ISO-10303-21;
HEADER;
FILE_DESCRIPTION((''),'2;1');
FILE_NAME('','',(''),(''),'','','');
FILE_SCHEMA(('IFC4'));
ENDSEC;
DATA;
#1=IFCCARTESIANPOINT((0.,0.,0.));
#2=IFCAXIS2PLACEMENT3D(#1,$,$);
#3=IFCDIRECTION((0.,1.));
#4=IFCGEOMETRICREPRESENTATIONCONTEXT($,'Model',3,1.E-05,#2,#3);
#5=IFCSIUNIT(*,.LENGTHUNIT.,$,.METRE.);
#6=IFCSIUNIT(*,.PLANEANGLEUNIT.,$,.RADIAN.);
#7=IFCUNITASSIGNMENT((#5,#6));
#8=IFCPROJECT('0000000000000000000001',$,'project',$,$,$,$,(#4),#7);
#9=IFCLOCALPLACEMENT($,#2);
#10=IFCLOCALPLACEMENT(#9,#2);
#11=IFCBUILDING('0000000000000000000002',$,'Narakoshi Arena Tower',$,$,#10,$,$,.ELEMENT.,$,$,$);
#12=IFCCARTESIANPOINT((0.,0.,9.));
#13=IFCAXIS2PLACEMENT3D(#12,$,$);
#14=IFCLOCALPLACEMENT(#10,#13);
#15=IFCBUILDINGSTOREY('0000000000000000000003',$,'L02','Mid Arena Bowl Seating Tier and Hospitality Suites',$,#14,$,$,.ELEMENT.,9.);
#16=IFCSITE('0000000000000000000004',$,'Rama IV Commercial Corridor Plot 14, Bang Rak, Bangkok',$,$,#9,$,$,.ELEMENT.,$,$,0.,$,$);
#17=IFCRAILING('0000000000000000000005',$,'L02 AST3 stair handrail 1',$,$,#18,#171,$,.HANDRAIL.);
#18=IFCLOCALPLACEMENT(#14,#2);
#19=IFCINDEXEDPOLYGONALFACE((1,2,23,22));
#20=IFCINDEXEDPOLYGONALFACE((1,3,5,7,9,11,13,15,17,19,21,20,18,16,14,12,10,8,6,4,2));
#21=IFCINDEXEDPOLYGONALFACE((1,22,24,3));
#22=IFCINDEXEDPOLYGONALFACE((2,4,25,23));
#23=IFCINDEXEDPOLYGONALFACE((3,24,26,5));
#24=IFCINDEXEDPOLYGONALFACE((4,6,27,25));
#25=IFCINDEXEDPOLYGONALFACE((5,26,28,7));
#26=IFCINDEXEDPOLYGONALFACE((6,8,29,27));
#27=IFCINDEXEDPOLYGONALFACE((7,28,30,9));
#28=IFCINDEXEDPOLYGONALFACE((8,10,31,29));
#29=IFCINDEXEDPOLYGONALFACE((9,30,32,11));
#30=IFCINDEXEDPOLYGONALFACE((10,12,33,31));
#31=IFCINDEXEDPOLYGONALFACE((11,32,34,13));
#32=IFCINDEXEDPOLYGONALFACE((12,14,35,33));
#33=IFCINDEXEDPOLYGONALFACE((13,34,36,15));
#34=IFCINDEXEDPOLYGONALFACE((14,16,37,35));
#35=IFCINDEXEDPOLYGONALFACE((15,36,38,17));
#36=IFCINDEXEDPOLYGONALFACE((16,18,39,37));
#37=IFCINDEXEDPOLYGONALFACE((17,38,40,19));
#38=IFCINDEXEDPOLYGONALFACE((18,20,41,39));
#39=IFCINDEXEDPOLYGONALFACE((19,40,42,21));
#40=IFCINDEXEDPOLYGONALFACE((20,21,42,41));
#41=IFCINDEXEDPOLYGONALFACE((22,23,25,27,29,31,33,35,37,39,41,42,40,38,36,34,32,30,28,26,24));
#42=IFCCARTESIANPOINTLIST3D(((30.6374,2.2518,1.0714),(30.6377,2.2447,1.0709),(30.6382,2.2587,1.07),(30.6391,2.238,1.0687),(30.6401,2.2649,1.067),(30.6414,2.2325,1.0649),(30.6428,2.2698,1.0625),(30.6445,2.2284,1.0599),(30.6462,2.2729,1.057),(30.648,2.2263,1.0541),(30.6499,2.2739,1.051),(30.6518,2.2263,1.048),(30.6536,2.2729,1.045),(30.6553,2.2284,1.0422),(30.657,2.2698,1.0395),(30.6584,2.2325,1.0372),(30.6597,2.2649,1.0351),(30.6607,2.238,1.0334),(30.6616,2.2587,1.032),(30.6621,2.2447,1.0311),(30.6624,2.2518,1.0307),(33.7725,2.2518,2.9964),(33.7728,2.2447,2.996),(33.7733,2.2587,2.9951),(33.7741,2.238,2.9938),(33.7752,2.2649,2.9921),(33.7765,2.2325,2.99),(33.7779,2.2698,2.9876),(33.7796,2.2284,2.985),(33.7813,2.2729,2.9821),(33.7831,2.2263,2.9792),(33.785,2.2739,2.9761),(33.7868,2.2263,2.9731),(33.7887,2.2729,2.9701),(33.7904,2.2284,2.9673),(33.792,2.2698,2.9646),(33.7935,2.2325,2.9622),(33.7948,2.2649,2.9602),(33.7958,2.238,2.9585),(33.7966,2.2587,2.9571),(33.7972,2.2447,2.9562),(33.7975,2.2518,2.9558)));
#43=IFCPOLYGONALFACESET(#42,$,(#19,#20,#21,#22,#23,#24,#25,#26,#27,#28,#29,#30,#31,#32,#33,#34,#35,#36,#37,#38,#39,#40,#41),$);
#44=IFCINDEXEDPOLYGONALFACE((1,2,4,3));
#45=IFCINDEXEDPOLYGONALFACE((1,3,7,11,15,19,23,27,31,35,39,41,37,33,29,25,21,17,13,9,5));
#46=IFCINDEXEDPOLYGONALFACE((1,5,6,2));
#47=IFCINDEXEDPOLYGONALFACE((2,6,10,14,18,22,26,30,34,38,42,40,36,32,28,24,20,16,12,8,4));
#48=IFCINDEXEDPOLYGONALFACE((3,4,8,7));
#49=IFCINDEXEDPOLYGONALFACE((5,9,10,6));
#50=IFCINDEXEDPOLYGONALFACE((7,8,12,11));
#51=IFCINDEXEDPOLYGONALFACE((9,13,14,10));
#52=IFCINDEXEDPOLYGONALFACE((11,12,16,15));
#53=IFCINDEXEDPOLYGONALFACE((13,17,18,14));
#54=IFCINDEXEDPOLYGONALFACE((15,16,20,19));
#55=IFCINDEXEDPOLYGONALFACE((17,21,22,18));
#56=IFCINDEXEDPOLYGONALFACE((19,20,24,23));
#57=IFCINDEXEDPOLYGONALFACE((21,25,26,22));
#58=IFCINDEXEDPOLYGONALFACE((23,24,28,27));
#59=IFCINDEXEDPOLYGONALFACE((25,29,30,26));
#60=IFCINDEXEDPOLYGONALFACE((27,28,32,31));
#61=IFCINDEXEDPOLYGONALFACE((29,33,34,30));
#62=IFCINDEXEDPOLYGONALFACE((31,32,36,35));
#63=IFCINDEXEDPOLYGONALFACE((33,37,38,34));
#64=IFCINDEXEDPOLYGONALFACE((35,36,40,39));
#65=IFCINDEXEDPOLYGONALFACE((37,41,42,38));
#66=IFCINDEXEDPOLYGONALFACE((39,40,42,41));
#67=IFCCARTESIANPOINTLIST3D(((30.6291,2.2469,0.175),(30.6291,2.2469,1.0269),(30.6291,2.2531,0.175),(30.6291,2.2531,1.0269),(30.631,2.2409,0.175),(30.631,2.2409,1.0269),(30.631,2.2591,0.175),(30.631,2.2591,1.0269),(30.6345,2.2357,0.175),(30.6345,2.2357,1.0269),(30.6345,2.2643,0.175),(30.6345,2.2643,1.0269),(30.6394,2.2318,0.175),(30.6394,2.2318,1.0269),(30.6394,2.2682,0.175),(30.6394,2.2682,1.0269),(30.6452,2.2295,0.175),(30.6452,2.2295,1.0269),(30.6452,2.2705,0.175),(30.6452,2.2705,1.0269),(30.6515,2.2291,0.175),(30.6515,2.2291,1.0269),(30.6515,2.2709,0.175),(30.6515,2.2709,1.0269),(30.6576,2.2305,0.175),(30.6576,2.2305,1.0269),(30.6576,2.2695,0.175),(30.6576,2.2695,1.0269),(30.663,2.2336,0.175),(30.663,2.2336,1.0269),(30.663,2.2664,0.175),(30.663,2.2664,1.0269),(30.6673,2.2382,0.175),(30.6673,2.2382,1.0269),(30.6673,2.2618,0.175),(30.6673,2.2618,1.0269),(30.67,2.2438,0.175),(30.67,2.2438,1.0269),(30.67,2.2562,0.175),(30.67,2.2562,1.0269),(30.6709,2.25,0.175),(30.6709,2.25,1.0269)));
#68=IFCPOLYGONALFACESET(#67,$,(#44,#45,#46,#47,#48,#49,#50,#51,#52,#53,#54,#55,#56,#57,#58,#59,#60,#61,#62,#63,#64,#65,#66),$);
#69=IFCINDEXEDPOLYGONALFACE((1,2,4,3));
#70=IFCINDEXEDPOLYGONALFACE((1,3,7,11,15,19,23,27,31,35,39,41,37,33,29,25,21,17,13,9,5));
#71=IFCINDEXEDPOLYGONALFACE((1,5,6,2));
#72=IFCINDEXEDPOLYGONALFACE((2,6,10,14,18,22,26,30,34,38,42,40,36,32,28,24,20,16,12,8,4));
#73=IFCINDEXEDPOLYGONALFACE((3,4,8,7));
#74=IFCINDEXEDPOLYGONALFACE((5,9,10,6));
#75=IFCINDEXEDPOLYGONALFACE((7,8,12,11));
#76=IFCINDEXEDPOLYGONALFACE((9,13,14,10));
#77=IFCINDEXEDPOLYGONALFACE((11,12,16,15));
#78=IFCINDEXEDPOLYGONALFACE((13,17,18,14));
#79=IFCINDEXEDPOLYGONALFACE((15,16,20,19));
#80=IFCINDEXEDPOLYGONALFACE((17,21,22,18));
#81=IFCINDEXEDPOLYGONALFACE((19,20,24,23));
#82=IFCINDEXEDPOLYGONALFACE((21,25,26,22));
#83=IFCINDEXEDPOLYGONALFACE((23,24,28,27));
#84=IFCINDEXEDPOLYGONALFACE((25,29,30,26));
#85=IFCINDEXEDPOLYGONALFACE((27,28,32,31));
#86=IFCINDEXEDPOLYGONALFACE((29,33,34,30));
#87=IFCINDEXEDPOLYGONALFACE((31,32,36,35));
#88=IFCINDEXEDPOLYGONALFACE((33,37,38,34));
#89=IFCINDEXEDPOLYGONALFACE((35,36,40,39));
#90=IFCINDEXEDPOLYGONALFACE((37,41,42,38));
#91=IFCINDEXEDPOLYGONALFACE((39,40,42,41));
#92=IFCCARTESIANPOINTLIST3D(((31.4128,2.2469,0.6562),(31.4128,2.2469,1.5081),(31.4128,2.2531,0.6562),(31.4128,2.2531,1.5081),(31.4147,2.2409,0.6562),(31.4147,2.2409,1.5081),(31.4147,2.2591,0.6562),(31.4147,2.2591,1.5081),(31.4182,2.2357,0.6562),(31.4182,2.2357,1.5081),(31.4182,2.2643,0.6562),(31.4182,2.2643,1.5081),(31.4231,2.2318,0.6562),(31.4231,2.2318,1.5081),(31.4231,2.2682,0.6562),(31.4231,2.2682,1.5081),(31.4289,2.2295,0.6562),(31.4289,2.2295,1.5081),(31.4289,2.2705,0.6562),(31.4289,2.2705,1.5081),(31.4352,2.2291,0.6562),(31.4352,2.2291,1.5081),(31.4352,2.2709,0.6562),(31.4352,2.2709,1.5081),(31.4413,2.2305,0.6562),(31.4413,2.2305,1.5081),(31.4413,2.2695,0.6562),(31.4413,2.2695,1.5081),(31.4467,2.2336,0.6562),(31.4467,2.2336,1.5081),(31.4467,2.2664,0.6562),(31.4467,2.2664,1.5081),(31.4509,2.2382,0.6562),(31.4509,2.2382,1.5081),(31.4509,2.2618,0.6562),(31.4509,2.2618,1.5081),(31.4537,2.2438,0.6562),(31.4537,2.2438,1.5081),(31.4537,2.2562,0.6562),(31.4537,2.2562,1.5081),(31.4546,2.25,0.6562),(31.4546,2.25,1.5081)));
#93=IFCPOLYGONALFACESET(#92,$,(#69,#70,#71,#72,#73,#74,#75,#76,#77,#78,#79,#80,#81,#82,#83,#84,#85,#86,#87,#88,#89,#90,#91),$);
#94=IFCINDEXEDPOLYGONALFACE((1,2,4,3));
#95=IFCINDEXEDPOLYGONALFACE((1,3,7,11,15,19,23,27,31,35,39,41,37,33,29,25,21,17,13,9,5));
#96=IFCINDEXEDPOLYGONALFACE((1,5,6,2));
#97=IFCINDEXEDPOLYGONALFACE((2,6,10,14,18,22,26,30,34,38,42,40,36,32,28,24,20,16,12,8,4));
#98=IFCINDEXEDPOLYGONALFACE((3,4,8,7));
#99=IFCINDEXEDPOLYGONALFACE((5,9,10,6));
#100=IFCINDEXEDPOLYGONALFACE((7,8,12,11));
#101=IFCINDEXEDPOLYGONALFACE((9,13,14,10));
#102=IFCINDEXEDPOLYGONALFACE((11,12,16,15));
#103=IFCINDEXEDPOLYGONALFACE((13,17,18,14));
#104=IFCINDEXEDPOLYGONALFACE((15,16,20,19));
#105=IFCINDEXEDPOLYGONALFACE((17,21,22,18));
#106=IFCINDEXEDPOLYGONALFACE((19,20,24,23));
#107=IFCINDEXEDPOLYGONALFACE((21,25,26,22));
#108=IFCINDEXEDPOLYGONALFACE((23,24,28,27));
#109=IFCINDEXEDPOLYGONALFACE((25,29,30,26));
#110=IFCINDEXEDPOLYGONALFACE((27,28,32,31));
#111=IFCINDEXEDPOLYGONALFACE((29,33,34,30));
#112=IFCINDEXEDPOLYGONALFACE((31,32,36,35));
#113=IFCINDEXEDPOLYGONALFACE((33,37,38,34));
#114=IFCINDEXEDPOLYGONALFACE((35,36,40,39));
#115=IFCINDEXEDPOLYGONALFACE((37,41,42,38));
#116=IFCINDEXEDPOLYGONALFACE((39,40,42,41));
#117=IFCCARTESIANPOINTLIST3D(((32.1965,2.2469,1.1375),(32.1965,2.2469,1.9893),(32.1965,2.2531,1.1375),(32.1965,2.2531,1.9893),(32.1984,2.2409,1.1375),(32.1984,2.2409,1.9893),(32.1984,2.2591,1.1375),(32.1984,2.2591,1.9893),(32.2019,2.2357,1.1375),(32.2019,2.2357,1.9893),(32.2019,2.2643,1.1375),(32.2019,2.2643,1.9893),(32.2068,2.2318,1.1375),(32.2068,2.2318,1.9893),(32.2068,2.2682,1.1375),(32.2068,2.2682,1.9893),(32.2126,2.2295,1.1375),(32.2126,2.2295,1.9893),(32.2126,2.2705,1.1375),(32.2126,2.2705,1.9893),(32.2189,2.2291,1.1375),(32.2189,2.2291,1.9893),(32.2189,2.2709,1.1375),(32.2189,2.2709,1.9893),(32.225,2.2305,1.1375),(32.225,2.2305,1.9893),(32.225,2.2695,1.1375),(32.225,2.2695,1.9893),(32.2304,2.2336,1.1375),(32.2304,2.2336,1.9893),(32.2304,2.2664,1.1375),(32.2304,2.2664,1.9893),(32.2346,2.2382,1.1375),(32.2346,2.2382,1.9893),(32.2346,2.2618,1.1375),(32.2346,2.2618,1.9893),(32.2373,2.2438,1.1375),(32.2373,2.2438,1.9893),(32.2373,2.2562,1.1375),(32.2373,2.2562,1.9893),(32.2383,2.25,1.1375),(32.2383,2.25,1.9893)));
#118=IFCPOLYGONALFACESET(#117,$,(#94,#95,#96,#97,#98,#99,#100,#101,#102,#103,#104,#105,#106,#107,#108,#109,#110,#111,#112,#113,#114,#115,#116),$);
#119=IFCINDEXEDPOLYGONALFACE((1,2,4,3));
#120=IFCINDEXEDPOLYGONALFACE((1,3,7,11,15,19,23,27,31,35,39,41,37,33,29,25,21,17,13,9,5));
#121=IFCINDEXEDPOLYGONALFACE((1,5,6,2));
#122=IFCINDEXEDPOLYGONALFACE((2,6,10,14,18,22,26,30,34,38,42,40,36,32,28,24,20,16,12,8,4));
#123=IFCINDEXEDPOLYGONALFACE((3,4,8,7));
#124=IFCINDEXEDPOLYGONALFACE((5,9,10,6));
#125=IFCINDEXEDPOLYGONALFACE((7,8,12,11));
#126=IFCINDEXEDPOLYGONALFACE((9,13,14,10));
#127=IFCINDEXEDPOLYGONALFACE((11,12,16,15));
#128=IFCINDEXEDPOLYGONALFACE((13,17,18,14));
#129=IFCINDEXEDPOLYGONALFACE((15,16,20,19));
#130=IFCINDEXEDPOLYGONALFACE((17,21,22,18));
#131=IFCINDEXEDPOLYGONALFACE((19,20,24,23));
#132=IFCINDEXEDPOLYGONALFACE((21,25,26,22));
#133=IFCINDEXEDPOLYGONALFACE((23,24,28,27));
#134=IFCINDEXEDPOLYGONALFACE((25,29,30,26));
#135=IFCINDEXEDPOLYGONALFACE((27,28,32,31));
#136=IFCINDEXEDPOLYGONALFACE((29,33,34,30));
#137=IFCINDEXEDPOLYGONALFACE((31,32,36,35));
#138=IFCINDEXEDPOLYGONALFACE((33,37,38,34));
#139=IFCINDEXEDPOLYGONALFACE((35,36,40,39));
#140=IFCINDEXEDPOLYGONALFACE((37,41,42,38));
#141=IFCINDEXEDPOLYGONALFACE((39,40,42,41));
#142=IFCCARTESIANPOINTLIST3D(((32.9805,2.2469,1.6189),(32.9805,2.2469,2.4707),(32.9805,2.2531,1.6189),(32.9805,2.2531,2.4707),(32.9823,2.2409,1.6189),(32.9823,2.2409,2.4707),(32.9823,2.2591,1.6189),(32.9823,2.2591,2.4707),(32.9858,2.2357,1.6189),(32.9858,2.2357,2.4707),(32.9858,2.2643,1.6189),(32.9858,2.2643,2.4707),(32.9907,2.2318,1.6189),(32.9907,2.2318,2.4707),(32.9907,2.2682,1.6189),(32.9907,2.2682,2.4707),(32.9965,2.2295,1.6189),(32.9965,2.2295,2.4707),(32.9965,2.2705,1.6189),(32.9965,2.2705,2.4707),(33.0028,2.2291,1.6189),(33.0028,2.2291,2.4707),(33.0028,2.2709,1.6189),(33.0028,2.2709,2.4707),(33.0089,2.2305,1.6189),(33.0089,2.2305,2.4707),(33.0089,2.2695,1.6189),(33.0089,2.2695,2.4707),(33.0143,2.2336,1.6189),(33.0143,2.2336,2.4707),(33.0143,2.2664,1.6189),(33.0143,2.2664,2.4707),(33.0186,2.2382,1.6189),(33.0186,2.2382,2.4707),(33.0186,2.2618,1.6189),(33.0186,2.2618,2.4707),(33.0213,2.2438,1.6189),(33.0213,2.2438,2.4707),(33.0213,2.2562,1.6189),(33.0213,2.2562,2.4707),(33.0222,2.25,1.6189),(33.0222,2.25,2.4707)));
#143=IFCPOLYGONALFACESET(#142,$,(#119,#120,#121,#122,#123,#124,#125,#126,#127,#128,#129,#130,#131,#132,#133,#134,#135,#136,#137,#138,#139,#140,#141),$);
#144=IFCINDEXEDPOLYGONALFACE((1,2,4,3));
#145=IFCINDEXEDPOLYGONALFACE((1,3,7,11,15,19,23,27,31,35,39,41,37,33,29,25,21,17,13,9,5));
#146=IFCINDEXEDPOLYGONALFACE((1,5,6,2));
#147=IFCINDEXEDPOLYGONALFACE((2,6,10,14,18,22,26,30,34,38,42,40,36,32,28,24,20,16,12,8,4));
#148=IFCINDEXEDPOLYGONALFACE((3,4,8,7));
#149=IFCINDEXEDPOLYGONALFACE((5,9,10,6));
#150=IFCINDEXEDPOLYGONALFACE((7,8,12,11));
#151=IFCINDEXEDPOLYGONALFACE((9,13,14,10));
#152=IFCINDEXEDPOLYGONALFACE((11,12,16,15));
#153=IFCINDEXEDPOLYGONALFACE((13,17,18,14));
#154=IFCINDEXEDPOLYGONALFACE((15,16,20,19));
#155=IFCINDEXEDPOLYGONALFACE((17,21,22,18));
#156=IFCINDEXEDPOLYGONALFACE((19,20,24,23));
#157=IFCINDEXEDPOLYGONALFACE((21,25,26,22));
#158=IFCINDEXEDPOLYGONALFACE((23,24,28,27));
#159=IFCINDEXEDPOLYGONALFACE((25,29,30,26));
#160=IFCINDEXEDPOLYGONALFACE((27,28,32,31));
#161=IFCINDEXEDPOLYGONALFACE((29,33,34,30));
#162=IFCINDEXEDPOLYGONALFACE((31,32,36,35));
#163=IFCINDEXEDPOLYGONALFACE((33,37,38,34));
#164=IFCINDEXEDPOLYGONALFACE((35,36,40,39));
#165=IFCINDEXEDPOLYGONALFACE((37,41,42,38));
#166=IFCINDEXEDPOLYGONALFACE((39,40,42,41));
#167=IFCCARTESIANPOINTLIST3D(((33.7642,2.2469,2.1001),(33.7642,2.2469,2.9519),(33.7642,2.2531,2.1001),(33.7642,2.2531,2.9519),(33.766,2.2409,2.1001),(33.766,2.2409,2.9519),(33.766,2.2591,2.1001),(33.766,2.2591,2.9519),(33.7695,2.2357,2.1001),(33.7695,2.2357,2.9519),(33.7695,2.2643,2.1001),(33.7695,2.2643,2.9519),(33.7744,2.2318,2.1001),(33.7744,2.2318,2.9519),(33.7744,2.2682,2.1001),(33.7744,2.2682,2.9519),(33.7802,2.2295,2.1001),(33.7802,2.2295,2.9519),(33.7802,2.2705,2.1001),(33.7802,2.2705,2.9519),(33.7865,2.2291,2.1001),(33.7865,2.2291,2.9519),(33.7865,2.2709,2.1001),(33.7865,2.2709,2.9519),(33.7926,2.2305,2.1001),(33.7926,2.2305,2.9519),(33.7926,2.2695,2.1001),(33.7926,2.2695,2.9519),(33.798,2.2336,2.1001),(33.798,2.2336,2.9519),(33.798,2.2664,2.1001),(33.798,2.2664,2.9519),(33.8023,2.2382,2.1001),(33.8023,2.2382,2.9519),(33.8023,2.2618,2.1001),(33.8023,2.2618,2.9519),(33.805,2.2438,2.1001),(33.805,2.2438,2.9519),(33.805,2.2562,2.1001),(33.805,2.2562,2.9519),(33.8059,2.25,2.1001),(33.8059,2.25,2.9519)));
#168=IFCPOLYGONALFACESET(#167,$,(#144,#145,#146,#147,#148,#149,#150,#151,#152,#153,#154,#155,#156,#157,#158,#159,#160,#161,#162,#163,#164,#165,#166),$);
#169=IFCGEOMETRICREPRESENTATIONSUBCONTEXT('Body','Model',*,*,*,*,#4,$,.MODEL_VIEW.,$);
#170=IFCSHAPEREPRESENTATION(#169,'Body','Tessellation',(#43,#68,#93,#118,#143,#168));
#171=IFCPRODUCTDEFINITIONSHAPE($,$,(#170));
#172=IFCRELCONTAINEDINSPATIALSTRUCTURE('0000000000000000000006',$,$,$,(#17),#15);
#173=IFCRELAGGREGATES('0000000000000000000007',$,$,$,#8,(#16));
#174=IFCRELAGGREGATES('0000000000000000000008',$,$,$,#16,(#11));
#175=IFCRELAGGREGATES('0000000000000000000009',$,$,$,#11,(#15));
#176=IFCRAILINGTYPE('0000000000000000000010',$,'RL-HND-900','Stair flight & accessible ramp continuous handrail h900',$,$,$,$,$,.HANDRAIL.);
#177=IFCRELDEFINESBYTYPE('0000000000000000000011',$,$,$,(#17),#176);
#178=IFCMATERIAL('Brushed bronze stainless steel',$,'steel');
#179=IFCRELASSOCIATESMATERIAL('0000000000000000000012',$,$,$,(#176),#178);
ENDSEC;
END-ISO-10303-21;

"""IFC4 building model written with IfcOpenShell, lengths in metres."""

from ifc_helpers import new_model, si_unit, direction, frame, origin, origin_2d, place, context, subcontext, project, spatial, circle, extrude, material, type_object, element, save


model = new_model("IFC4")

# Units and contexts
model_context = context("Model", 3, precision=1e-05, world=origin(), true_north=direction((0.0, 1.0)))
body_context = subcontext(model_context, "Body", "Model", "MODEL_VIEW")
ifc_project = project(units=[si_unit("LENGTHUNIT", "METRE"), si_unit("PLANEANGLEUNIT", "RADIAN")], contexts=[model_context])

# Site, building, storey
site_placement = place(None, origin())
site = spatial("IfcSite", under=ifc_project, at=site_placement, Name="Rama IV Commercial Corridor Plot 14, Bang Rak, Bangkok", CompositionType="ELEMENT", RefElevation=0.0)
building_placement = place(site_placement, origin())
building = spatial("IfcBuilding", under=site, at=building_placement, Name="Narakoshi Arena Tower", CompositionType="ELEMENT")
storey_placement = place(building_placement, frame((0.0, 0.0, 9.0)))
storey = spatial("IfcBuildingStorey", under=building, at=storey_placement, Name="L02", Description="Mid Arena Bowl Seating Tier and Hospitality Suites", CompositionType="ELEMENT", Elevation=9.0)

# Railing
ifc_material_1 = material(Name="Brushed bronze stainless steel", Category="steel")
railing_type_1 = type_object("IfcRailingType", Name="RL-HND-900", Description="Stair flight & accessible ramp continuous handrail h900", PredefinedType="HANDRAIL", material=ifc_material_1)
railing_1_placement = place(storey_placement, frame((30.6499, 2.25, 0.175)))
element("IfcRailing", 1, at=railing_1_placement, inside=storey, type_object=railing_type_1, Name="L02 AST3 stair handrail 1", PredefinedType="HANDRAIL", context=body_context, shape_type="SweptSolid", body=[
    extrude(circle(Radius=0.0239, at=origin_2d()), frame((0.0, 0.0, 0.876), z_axis=(0.852166, 0.0, 0.523271), x_axis=(0.0, 1.0, 0.0)), (0.0, 0.0, 1.0), 3.679),
    extrude(circle(Radius=0.021, at=origin_2d()), origin(), (0.0, 0.0, 1.0), 0.8518),
    extrude(circle(Radius=0.021, at=origin_2d()), frame((0.7837, 0.0, 0.4812)), (0.0, 0.0, 1.0), 0.8518),
    extrude(circle(Radius=0.021, at=origin_2d()), frame((1.5674, 0.0, 0.9624)), (0.0, 0.0, 1.0), 0.8518),
    extrude(circle(Radius=0.021, at=origin_2d()), frame((2.3513, 0.0, 1.4438)), (0.0, 0.0, 1.0), 0.8518),
    extrude(circle(Radius=0.021, at=origin_2d()), frame((3.135, 0.0, 1.925)), (0.0, 0.0, 1.0), 0.8518),
])

save(model, "model.ifc")
